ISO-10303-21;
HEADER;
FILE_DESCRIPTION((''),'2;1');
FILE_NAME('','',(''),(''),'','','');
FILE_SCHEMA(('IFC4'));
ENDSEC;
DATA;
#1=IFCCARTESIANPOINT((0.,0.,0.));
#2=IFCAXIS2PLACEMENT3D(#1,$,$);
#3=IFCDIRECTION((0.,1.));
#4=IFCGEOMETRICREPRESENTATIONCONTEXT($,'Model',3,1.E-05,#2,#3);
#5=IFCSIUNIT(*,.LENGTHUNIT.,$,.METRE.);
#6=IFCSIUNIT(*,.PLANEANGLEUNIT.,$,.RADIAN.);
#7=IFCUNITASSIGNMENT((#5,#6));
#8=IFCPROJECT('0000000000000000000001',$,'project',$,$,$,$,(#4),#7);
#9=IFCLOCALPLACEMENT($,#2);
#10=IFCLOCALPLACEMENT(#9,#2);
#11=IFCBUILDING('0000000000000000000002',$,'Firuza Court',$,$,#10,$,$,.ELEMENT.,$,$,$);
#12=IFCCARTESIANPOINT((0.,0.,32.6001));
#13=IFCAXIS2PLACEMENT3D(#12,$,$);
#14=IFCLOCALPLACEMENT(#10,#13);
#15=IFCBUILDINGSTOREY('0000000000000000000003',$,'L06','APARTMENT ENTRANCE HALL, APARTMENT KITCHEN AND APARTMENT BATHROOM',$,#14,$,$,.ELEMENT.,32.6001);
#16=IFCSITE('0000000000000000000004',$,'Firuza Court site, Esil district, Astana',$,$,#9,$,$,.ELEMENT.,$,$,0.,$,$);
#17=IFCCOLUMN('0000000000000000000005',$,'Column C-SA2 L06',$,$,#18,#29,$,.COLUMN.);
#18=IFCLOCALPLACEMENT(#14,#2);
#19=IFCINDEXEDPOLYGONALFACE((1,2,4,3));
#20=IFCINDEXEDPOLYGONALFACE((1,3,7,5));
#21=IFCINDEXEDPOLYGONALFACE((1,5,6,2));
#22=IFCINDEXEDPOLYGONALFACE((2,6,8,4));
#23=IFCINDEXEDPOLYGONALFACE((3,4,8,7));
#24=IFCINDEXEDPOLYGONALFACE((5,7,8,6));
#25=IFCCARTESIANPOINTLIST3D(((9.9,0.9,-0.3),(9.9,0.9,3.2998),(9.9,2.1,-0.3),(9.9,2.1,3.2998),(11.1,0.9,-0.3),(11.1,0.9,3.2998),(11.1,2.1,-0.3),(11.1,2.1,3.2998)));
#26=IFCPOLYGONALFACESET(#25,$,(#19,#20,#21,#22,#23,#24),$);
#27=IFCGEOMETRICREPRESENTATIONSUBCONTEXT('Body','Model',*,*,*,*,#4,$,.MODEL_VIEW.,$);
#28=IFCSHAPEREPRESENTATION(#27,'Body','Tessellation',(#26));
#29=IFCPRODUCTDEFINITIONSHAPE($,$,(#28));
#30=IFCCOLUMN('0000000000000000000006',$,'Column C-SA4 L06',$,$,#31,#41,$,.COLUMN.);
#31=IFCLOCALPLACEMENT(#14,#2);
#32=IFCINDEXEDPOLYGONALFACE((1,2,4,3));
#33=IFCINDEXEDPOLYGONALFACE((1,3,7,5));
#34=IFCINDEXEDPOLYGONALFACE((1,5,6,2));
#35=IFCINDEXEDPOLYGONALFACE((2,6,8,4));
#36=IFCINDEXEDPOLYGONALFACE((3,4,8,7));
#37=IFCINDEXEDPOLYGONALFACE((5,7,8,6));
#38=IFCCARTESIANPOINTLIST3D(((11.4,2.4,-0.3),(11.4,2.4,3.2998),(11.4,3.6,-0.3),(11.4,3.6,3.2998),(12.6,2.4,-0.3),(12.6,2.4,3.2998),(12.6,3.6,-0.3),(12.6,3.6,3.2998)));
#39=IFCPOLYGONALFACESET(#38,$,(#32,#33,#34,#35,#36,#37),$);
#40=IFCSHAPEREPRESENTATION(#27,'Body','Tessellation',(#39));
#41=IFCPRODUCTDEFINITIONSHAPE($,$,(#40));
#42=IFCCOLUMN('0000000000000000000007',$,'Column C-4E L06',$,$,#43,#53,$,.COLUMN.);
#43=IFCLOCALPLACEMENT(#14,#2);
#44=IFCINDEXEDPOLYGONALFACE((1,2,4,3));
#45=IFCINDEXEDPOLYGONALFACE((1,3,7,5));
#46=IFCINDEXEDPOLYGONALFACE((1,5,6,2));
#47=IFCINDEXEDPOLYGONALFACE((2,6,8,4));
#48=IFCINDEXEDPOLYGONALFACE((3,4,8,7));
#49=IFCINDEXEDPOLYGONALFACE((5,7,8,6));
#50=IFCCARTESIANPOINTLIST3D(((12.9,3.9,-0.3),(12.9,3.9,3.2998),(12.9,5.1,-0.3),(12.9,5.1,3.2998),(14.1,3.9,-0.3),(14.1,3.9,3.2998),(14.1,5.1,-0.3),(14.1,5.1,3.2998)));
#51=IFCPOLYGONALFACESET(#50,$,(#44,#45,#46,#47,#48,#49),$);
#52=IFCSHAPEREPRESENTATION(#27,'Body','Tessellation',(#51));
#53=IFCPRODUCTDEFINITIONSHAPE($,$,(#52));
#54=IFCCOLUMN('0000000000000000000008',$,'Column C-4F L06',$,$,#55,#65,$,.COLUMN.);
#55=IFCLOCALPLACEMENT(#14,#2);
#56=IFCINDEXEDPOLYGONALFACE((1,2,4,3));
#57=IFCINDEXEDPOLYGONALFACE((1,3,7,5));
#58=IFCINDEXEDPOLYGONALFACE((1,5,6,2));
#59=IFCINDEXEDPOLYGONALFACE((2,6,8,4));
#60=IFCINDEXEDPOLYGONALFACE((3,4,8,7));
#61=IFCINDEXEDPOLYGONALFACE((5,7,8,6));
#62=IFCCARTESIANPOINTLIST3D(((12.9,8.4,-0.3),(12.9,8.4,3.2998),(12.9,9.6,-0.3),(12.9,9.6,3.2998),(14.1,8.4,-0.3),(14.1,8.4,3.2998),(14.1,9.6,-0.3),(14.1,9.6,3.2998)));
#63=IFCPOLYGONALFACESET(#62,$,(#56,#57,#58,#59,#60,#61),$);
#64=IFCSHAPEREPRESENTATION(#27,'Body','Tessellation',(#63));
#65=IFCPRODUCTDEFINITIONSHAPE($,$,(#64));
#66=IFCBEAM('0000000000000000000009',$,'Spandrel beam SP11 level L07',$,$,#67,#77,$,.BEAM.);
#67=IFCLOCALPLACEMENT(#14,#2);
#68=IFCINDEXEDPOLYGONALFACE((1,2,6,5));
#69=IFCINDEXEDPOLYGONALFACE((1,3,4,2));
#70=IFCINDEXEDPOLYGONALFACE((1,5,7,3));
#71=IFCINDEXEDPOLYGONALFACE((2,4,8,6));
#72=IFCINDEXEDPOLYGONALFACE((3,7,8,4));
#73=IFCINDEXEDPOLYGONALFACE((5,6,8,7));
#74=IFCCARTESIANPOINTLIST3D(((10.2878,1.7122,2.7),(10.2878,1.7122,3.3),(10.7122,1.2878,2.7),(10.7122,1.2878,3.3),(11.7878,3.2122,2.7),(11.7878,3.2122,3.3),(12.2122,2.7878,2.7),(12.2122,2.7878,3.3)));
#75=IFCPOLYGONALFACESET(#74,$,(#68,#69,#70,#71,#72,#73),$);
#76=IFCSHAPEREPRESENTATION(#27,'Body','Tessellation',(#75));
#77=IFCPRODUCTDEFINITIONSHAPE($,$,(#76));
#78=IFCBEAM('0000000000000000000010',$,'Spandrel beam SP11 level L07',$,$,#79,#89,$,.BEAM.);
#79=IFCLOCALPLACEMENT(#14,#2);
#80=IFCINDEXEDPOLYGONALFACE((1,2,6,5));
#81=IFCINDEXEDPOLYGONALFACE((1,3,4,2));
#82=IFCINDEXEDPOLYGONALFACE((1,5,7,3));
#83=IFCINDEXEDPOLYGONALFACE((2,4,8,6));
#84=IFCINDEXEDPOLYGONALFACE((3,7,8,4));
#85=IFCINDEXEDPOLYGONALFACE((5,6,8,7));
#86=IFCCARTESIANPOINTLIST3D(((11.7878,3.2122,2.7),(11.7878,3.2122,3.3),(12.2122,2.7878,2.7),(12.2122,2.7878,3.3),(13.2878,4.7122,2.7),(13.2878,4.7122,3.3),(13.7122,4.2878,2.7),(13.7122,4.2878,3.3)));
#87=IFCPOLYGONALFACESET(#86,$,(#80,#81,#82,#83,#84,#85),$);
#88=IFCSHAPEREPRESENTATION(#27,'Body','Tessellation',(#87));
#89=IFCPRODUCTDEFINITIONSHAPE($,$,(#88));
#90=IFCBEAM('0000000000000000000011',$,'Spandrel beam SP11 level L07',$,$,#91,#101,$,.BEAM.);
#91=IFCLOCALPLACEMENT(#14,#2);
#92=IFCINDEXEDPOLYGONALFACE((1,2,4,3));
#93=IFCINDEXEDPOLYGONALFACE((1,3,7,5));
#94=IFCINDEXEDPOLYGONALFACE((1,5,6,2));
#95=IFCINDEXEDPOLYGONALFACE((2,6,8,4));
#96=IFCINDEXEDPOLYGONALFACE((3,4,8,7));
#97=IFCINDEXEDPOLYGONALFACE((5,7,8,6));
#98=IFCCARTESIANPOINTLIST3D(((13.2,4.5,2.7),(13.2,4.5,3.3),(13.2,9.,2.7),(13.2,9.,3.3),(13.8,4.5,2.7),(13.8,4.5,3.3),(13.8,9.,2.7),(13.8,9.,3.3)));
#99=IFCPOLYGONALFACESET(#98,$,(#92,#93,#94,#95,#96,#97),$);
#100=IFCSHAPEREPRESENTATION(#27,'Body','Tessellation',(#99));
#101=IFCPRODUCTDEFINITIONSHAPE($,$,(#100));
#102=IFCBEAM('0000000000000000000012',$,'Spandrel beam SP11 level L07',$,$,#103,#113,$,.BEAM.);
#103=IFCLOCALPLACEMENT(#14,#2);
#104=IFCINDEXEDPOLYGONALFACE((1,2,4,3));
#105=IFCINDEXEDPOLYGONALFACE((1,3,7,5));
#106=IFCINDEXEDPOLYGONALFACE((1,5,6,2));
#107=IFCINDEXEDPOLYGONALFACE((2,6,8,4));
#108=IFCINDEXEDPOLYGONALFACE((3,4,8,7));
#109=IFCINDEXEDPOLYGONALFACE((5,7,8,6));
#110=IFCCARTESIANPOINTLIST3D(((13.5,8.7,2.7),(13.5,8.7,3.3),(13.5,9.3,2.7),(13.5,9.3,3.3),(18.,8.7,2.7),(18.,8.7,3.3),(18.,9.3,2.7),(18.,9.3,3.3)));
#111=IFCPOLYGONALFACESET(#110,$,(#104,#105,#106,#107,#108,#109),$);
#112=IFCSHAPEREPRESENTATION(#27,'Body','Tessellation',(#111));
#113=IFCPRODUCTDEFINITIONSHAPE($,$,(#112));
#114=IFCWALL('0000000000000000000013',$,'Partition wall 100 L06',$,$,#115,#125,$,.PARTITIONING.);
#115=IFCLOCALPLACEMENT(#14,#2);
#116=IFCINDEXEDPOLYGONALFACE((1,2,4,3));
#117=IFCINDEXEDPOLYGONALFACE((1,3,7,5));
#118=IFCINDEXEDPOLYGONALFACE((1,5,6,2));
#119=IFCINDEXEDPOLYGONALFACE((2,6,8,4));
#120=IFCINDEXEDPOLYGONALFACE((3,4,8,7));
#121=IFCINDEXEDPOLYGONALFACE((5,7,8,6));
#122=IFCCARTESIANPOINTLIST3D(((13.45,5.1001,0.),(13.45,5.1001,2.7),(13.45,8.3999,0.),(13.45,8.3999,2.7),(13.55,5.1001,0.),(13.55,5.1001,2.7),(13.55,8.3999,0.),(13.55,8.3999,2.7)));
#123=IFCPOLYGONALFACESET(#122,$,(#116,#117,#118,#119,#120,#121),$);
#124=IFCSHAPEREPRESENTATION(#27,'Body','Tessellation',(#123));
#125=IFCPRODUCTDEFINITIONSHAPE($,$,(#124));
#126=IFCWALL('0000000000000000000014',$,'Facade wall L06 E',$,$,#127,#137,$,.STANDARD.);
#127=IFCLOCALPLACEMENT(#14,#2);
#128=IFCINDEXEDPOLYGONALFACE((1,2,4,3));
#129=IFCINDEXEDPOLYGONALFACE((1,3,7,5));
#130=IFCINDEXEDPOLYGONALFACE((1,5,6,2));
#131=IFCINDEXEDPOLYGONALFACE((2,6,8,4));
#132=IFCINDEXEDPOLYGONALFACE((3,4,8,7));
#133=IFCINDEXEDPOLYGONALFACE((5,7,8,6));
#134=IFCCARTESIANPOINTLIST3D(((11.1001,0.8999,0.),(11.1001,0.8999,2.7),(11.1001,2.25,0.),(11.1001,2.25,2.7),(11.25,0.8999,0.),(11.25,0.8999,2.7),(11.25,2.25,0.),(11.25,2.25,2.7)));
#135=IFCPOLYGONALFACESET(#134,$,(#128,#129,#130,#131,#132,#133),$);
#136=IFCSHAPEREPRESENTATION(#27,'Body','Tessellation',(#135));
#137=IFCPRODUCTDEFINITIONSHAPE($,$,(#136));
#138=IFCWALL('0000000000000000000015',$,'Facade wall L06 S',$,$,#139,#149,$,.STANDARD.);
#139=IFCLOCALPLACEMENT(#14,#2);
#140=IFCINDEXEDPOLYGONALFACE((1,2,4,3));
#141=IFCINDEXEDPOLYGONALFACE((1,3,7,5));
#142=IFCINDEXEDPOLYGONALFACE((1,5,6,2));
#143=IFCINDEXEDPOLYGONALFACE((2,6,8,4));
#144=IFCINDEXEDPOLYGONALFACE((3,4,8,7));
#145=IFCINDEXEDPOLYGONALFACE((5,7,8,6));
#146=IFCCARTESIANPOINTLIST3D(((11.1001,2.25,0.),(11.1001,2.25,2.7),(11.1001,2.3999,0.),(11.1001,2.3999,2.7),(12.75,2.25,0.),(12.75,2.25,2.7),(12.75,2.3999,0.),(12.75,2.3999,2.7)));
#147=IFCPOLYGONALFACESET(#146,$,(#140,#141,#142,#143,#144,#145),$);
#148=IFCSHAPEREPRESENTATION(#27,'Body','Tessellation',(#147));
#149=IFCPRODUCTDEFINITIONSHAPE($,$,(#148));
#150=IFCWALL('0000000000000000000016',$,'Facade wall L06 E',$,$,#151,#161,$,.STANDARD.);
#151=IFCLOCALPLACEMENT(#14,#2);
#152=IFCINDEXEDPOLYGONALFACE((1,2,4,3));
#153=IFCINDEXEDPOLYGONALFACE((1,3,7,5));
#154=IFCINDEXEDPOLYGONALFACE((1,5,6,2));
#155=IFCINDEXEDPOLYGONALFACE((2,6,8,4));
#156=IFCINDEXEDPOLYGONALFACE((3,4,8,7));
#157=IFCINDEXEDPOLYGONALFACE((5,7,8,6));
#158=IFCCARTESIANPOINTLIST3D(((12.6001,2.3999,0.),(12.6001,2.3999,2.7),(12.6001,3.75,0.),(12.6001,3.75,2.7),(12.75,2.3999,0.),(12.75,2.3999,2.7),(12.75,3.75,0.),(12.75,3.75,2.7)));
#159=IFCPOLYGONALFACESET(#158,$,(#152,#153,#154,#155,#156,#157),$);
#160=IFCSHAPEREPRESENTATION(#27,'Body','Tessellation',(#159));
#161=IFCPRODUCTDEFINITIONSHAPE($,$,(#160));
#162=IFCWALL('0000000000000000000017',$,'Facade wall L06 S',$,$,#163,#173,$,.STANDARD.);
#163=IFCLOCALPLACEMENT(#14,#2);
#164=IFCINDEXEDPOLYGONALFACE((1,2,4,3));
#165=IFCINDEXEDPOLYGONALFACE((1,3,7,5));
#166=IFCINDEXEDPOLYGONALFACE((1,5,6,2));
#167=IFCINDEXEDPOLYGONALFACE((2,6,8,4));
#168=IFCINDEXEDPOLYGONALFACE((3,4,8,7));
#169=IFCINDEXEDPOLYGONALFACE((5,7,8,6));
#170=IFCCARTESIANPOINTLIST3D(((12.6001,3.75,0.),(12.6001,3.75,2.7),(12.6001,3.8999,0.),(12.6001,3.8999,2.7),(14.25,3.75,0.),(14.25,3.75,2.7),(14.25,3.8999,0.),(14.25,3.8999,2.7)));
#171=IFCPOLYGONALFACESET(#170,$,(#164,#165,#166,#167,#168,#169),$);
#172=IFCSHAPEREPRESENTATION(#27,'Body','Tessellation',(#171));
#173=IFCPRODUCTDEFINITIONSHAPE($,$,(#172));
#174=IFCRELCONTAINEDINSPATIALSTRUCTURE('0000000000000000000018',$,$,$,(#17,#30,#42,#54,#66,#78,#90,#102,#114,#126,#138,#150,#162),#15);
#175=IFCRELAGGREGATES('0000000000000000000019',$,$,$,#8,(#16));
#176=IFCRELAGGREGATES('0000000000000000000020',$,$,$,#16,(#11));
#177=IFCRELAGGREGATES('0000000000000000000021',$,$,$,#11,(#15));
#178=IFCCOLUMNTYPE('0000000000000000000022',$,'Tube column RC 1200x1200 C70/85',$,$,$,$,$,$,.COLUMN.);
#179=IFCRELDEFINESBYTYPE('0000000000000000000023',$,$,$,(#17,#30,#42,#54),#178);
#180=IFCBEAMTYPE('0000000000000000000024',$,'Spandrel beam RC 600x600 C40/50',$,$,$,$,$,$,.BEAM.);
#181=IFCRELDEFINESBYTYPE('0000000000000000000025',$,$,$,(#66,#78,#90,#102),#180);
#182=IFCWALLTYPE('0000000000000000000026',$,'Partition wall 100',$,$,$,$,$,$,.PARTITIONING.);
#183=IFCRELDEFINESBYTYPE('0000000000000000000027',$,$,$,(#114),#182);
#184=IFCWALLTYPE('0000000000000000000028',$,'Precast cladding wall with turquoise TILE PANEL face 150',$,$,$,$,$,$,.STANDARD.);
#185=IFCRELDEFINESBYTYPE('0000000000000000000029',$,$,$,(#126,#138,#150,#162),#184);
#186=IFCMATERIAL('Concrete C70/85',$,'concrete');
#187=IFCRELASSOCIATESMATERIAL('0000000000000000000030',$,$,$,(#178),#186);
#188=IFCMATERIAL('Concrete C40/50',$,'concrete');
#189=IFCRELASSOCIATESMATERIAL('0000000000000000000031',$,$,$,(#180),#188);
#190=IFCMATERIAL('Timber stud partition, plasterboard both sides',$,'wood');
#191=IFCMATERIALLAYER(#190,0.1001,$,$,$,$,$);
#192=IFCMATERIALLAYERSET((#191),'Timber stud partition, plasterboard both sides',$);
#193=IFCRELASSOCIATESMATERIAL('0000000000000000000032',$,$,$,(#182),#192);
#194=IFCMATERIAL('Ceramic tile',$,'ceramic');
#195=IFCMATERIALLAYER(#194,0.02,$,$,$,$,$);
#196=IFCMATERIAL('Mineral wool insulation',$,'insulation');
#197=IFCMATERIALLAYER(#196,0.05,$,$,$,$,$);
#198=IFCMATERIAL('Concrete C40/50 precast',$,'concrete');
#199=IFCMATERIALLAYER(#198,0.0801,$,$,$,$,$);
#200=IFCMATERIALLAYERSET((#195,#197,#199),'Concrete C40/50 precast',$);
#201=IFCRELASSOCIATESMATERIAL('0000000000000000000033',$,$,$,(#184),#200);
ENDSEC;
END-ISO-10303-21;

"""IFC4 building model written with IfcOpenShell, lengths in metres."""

from ifc_helpers import new_model, si_unit, direction, frame, frame_2d, origin, origin_2d, place, context, subcontext, project, spatial, rectangle, extrude, material, layer, layer_set, material_profile, profile_set, type_object, element, save


model = new_model("IFC4")

# Units and contexts
model_context = context("Model", 3, precision=1e-05, world=origin(), true_north=direction((0.0, 1.0)))
body_context = subcontext(model_context, "Body", "Model", "MODEL_VIEW")
ifc_project = project(units=[si_unit("LENGTHUNIT", "METRE"), si_unit("PLANEANGLEUNIT", "RADIAN")], contexts=[model_context])

# Site, building, storey
site_placement = place(None, origin())
site = spatial("IfcSite", under=ifc_project, at=site_placement, Name="Firuza Court site, Esil district, Astana", CompositionType="ELEMENT", RefElevation=0.0)
building_placement = place(site_placement, origin())
building = spatial("IfcBuilding", under=site, at=building_placement, Name="Firuza Court", CompositionType="ELEMENT")
storey_placement = place(building_placement, frame((0.0, 0.0, 32.6001)))
storey = spatial("IfcBuildingStorey", under=building, at=storey_placement, Name="L06", Description="APARTMENT ENTRANCE HALL, APARTMENT KITCHEN AND APARTMENT BATHROOM", CompositionType="ELEMENT", Elevation=32.6001)

# Columns
ifc_material_1 = material(Name="Concrete C70/85", Category="concrete")
ifc_material_profile_1 = material_profile(ifc_material_1, rectangle(XDim=1.2, YDim=1.2, at=origin_2d()), Name="RC 1200x1200")
ifc_profile_set_1 = profile_set([ifc_material_profile_1], Name="Concrete C70/85")
column_type = type_object("IfcColumnType", Name="Tube column RC 1200x1200 C70/85", PredefinedType="COLUMN", material=ifc_profile_set_1)
for number, where, z_axis, x_axis, name in (
    (1, (10.5, 1.5, -0.3), (0.0, 0.0, 1.0), (1.0, 0.0, 0.0), "Column C-SA2 L06"),
    (2, (12.0, 3.0, -0.3), (0.0, 0.0, 1.0), (1.0, 0.0, 0.0), "Column C-SA4 L06"),
    (3, (13.5, 4.5, -0.3), (0.0, 0.0, 1.0), (1.0, 0.0, 0.0), "Column C-4E L06"),
    (4, (13.5, 9.0, -0.3), (0.0, 0.0, 1.0), (1.0, 0.0, 0.0), "Column C-4F L06"),
):
    element("IfcColumn", number, at=place(storey_placement, frame(where, z_axis=z_axis, x_axis=x_axis)), inside=storey, type_object=column_type, Name=name, PredefinedType="COLUMN", context=body_context, shape_type="SweptSolid", body=[
        extrude(rectangle(XDim=1.2, YDim=1.2, at=origin_2d()), origin(), (0.0, 0.0, 1.0), 3.5999),
    ])

# Beams
ifc_material_2 = material(Name="Concrete C40/50", Category="concrete")
ifc_material_profile_2 = material_profile(ifc_material_2, rectangle(XDim=0.6001, YDim=0.6001, at=origin_2d()), Name="RC 600x600")
ifc_profile_set_2 = profile_set([ifc_material_profile_2], Name="Concrete C40/50")
beam_type = type_object("IfcBeamType", Name="Spandrel beam RC 600x600 C40/50", PredefinedType="BEAM", material=ifc_profile_set_2)
for number, where, z_axis, x_axis, name in (
    (5, (10.5, 1.5, 3.0), (0.707107, 0.707107, 0.0), (-0.707107, 0.707107, 0.0), "Spandrel beam SP11 level L07"),
    (6, (12.0, 3.0, 3.0), (0.707107, 0.707107, 0.0), (-0.707107, 0.707107, 0.0), "Spandrel beam SP11 level L07"),
):
    element("IfcBeam", number, at=place(storey_placement, frame(where, z_axis=z_axis, x_axis=x_axis)), inside=storey, type_object=beam_type, Name=name, PredefinedType="BEAM", context=body_context, shape_type="SweptSolid", body=[
        extrude(rectangle(XDim=0.6001, YDim=0.6001, at=origin_2d()), origin(), (0.0, 0.0, 1.0), 2.1213),
    ])
for number, where, z_axis, x_axis, name in (
    (7, (13.5, 4.5, 3.0), (0.0, 1.0, 0.0), (-1.0, 0.0, 0.0), "Spandrel beam SP11 level L07"),
    (8, (13.5, 9.0, 3.0), (1.0, 0.0, 0.0), (0.0, 1.0, 0.0), "Spandrel beam SP11 level L07"),
):
    element("IfcBeam", number, at=place(storey_placement, frame(where, z_axis=z_axis, x_axis=x_axis)), inside=storey, type_object=beam_type, Name=name, PredefinedType="BEAM", context=body_context, shape_type="SweptSolid", body=[
        extrude(rectangle(XDim=0.6001, YDim=0.6001, at=origin_2d()), origin(), (0.0, 0.0, 1.0), 4.5),
    ])

# Walls
ifc_material_3 = material(Name="Timber stud partition, plasterboard both sides", Category="wood")
ifc_layer_1 = layer(ifc_material_3, 0.1001)
ifc_layer_set_1 = layer_set([ifc_layer_1], Name="Timber stud partition, plasterboard both sides")
wall_type_1 = type_object("IfcWallType", Name="Partition wall 100", PredefinedType="PARTITIONING", material=ifc_layer_set_1)
wall_1_placement = place(storey_placement, frame((13.5, 5.1001, 0.0), z_axis=(0.0, 0.0, 1.0), x_axis=(0.0, 1.0, 0.0)))
element("IfcWall", 9, at=wall_1_placement, inside=storey, type_object=wall_type_1, Name="Partition wall 100 L06", PredefinedType="PARTITIONING", context=body_context, shape_type="SweptSolid", body=[
    extrude(rectangle(XDim=3.2998, YDim=0.1001, at=frame_2d((1.6499, 0.0))), origin(), (0.0, 0.0, 1.0), 2.7),
])
ifc_material_4 = material(Name="Ceramic tile", Category="ceramic")
ifc_layer_2 = layer(ifc_material_4, 0.02)
ifc_material_5 = material(Name="Mineral wool insulation", Category="insulation")
ifc_layer_3 = layer(ifc_material_5, 0.05)
ifc_material_6 = material(Name="Concrete C40/50 precast", Category="concrete")
ifc_layer_4 = layer(ifc_material_6, 0.0801)
ifc_layer_set_2 = layer_set([ifc_layer_2, ifc_layer_3, ifc_layer_4], Name="Concrete C40/50 precast")
wall_type_2 = type_object("IfcWallType", Name="Precast cladding wall with turquoise TILE PANEL face 150", PredefinedType="STANDARD", material=ifc_layer_set_2)
wall_2_placement = place(storey_placement, frame((11.175, 0.8999, 0.0), z_axis=(0.0, 0.0, 1.0), x_axis=(0.0, 1.0, 0.0)))
element("IfcWall", 10, at=wall_2_placement, inside=storey, type_object=wall_type_2, Name="Facade wall L06 E", PredefinedType="STANDARD", context=body_context, shape_type="SweptSolid", body=[
    extrude(rectangle(XDim=1.3501, YDim=0.1499, at=frame_2d((0.675, 0.0))), origin(), (0.0, 0.0, 1.0), 2.7),
])
wall_3_placement = place(storey_placement, frame((11.1001, 2.325, 0.0), z_axis=(0.0, 0.0, 1.0), x_axis=(1.0, 0.0, 0.0)))
element("IfcWall", 11, at=wall_3_placement, inside=storey, type_object=wall_type_2, Name="Facade wall L06 S", PredefinedType="STANDARD", context=body_context, shape_type="SweptSolid", body=[
    extrude(rectangle(XDim=1.6499, YDim=0.1499, at=frame_2d((0.825, 0.0))), origin(), (0.0, 0.0, 1.0), 2.7),
])
wall_4_placement = place(storey_placement, frame((12.675, 2.3999, 0.0), z_axis=(0.0, 0.0, 1.0), x_axis=(0.0, 1.0, 0.0)))
element("IfcWall", 12, at=wall_4_placement, inside=storey, type_object=wall_type_2, Name="Facade wall L06 E", PredefinedType="STANDARD", context=body_context, shape_type="SweptSolid", body=[
    extrude(rectangle(XDim=1.3501, YDim=0.1499, at=frame_2d((0.675, 0.0))), origin(), (0.0, 0.0, 1.0), 2.7),
])
wall_5_placement = place(storey_placement, frame((12.6001, 3.825, 0.0), z_axis=(0.0, 0.0, 1.0), x_axis=(1.0, 0.0, 0.0)))
element("IfcWall", 13, at=wall_5_placement, inside=storey, type_object=wall_type_2, Name="Facade wall L06 S", PredefinedType="STANDARD", context=body_context, shape_type="SweptSolid", body=[
    extrude(rectangle(XDim=1.6499, YDim=0.1499, at=frame_2d((0.825, 0.0))), origin(), (0.0, 0.0, 1.0), 2.7),
])

save(model, "model.ifc")
